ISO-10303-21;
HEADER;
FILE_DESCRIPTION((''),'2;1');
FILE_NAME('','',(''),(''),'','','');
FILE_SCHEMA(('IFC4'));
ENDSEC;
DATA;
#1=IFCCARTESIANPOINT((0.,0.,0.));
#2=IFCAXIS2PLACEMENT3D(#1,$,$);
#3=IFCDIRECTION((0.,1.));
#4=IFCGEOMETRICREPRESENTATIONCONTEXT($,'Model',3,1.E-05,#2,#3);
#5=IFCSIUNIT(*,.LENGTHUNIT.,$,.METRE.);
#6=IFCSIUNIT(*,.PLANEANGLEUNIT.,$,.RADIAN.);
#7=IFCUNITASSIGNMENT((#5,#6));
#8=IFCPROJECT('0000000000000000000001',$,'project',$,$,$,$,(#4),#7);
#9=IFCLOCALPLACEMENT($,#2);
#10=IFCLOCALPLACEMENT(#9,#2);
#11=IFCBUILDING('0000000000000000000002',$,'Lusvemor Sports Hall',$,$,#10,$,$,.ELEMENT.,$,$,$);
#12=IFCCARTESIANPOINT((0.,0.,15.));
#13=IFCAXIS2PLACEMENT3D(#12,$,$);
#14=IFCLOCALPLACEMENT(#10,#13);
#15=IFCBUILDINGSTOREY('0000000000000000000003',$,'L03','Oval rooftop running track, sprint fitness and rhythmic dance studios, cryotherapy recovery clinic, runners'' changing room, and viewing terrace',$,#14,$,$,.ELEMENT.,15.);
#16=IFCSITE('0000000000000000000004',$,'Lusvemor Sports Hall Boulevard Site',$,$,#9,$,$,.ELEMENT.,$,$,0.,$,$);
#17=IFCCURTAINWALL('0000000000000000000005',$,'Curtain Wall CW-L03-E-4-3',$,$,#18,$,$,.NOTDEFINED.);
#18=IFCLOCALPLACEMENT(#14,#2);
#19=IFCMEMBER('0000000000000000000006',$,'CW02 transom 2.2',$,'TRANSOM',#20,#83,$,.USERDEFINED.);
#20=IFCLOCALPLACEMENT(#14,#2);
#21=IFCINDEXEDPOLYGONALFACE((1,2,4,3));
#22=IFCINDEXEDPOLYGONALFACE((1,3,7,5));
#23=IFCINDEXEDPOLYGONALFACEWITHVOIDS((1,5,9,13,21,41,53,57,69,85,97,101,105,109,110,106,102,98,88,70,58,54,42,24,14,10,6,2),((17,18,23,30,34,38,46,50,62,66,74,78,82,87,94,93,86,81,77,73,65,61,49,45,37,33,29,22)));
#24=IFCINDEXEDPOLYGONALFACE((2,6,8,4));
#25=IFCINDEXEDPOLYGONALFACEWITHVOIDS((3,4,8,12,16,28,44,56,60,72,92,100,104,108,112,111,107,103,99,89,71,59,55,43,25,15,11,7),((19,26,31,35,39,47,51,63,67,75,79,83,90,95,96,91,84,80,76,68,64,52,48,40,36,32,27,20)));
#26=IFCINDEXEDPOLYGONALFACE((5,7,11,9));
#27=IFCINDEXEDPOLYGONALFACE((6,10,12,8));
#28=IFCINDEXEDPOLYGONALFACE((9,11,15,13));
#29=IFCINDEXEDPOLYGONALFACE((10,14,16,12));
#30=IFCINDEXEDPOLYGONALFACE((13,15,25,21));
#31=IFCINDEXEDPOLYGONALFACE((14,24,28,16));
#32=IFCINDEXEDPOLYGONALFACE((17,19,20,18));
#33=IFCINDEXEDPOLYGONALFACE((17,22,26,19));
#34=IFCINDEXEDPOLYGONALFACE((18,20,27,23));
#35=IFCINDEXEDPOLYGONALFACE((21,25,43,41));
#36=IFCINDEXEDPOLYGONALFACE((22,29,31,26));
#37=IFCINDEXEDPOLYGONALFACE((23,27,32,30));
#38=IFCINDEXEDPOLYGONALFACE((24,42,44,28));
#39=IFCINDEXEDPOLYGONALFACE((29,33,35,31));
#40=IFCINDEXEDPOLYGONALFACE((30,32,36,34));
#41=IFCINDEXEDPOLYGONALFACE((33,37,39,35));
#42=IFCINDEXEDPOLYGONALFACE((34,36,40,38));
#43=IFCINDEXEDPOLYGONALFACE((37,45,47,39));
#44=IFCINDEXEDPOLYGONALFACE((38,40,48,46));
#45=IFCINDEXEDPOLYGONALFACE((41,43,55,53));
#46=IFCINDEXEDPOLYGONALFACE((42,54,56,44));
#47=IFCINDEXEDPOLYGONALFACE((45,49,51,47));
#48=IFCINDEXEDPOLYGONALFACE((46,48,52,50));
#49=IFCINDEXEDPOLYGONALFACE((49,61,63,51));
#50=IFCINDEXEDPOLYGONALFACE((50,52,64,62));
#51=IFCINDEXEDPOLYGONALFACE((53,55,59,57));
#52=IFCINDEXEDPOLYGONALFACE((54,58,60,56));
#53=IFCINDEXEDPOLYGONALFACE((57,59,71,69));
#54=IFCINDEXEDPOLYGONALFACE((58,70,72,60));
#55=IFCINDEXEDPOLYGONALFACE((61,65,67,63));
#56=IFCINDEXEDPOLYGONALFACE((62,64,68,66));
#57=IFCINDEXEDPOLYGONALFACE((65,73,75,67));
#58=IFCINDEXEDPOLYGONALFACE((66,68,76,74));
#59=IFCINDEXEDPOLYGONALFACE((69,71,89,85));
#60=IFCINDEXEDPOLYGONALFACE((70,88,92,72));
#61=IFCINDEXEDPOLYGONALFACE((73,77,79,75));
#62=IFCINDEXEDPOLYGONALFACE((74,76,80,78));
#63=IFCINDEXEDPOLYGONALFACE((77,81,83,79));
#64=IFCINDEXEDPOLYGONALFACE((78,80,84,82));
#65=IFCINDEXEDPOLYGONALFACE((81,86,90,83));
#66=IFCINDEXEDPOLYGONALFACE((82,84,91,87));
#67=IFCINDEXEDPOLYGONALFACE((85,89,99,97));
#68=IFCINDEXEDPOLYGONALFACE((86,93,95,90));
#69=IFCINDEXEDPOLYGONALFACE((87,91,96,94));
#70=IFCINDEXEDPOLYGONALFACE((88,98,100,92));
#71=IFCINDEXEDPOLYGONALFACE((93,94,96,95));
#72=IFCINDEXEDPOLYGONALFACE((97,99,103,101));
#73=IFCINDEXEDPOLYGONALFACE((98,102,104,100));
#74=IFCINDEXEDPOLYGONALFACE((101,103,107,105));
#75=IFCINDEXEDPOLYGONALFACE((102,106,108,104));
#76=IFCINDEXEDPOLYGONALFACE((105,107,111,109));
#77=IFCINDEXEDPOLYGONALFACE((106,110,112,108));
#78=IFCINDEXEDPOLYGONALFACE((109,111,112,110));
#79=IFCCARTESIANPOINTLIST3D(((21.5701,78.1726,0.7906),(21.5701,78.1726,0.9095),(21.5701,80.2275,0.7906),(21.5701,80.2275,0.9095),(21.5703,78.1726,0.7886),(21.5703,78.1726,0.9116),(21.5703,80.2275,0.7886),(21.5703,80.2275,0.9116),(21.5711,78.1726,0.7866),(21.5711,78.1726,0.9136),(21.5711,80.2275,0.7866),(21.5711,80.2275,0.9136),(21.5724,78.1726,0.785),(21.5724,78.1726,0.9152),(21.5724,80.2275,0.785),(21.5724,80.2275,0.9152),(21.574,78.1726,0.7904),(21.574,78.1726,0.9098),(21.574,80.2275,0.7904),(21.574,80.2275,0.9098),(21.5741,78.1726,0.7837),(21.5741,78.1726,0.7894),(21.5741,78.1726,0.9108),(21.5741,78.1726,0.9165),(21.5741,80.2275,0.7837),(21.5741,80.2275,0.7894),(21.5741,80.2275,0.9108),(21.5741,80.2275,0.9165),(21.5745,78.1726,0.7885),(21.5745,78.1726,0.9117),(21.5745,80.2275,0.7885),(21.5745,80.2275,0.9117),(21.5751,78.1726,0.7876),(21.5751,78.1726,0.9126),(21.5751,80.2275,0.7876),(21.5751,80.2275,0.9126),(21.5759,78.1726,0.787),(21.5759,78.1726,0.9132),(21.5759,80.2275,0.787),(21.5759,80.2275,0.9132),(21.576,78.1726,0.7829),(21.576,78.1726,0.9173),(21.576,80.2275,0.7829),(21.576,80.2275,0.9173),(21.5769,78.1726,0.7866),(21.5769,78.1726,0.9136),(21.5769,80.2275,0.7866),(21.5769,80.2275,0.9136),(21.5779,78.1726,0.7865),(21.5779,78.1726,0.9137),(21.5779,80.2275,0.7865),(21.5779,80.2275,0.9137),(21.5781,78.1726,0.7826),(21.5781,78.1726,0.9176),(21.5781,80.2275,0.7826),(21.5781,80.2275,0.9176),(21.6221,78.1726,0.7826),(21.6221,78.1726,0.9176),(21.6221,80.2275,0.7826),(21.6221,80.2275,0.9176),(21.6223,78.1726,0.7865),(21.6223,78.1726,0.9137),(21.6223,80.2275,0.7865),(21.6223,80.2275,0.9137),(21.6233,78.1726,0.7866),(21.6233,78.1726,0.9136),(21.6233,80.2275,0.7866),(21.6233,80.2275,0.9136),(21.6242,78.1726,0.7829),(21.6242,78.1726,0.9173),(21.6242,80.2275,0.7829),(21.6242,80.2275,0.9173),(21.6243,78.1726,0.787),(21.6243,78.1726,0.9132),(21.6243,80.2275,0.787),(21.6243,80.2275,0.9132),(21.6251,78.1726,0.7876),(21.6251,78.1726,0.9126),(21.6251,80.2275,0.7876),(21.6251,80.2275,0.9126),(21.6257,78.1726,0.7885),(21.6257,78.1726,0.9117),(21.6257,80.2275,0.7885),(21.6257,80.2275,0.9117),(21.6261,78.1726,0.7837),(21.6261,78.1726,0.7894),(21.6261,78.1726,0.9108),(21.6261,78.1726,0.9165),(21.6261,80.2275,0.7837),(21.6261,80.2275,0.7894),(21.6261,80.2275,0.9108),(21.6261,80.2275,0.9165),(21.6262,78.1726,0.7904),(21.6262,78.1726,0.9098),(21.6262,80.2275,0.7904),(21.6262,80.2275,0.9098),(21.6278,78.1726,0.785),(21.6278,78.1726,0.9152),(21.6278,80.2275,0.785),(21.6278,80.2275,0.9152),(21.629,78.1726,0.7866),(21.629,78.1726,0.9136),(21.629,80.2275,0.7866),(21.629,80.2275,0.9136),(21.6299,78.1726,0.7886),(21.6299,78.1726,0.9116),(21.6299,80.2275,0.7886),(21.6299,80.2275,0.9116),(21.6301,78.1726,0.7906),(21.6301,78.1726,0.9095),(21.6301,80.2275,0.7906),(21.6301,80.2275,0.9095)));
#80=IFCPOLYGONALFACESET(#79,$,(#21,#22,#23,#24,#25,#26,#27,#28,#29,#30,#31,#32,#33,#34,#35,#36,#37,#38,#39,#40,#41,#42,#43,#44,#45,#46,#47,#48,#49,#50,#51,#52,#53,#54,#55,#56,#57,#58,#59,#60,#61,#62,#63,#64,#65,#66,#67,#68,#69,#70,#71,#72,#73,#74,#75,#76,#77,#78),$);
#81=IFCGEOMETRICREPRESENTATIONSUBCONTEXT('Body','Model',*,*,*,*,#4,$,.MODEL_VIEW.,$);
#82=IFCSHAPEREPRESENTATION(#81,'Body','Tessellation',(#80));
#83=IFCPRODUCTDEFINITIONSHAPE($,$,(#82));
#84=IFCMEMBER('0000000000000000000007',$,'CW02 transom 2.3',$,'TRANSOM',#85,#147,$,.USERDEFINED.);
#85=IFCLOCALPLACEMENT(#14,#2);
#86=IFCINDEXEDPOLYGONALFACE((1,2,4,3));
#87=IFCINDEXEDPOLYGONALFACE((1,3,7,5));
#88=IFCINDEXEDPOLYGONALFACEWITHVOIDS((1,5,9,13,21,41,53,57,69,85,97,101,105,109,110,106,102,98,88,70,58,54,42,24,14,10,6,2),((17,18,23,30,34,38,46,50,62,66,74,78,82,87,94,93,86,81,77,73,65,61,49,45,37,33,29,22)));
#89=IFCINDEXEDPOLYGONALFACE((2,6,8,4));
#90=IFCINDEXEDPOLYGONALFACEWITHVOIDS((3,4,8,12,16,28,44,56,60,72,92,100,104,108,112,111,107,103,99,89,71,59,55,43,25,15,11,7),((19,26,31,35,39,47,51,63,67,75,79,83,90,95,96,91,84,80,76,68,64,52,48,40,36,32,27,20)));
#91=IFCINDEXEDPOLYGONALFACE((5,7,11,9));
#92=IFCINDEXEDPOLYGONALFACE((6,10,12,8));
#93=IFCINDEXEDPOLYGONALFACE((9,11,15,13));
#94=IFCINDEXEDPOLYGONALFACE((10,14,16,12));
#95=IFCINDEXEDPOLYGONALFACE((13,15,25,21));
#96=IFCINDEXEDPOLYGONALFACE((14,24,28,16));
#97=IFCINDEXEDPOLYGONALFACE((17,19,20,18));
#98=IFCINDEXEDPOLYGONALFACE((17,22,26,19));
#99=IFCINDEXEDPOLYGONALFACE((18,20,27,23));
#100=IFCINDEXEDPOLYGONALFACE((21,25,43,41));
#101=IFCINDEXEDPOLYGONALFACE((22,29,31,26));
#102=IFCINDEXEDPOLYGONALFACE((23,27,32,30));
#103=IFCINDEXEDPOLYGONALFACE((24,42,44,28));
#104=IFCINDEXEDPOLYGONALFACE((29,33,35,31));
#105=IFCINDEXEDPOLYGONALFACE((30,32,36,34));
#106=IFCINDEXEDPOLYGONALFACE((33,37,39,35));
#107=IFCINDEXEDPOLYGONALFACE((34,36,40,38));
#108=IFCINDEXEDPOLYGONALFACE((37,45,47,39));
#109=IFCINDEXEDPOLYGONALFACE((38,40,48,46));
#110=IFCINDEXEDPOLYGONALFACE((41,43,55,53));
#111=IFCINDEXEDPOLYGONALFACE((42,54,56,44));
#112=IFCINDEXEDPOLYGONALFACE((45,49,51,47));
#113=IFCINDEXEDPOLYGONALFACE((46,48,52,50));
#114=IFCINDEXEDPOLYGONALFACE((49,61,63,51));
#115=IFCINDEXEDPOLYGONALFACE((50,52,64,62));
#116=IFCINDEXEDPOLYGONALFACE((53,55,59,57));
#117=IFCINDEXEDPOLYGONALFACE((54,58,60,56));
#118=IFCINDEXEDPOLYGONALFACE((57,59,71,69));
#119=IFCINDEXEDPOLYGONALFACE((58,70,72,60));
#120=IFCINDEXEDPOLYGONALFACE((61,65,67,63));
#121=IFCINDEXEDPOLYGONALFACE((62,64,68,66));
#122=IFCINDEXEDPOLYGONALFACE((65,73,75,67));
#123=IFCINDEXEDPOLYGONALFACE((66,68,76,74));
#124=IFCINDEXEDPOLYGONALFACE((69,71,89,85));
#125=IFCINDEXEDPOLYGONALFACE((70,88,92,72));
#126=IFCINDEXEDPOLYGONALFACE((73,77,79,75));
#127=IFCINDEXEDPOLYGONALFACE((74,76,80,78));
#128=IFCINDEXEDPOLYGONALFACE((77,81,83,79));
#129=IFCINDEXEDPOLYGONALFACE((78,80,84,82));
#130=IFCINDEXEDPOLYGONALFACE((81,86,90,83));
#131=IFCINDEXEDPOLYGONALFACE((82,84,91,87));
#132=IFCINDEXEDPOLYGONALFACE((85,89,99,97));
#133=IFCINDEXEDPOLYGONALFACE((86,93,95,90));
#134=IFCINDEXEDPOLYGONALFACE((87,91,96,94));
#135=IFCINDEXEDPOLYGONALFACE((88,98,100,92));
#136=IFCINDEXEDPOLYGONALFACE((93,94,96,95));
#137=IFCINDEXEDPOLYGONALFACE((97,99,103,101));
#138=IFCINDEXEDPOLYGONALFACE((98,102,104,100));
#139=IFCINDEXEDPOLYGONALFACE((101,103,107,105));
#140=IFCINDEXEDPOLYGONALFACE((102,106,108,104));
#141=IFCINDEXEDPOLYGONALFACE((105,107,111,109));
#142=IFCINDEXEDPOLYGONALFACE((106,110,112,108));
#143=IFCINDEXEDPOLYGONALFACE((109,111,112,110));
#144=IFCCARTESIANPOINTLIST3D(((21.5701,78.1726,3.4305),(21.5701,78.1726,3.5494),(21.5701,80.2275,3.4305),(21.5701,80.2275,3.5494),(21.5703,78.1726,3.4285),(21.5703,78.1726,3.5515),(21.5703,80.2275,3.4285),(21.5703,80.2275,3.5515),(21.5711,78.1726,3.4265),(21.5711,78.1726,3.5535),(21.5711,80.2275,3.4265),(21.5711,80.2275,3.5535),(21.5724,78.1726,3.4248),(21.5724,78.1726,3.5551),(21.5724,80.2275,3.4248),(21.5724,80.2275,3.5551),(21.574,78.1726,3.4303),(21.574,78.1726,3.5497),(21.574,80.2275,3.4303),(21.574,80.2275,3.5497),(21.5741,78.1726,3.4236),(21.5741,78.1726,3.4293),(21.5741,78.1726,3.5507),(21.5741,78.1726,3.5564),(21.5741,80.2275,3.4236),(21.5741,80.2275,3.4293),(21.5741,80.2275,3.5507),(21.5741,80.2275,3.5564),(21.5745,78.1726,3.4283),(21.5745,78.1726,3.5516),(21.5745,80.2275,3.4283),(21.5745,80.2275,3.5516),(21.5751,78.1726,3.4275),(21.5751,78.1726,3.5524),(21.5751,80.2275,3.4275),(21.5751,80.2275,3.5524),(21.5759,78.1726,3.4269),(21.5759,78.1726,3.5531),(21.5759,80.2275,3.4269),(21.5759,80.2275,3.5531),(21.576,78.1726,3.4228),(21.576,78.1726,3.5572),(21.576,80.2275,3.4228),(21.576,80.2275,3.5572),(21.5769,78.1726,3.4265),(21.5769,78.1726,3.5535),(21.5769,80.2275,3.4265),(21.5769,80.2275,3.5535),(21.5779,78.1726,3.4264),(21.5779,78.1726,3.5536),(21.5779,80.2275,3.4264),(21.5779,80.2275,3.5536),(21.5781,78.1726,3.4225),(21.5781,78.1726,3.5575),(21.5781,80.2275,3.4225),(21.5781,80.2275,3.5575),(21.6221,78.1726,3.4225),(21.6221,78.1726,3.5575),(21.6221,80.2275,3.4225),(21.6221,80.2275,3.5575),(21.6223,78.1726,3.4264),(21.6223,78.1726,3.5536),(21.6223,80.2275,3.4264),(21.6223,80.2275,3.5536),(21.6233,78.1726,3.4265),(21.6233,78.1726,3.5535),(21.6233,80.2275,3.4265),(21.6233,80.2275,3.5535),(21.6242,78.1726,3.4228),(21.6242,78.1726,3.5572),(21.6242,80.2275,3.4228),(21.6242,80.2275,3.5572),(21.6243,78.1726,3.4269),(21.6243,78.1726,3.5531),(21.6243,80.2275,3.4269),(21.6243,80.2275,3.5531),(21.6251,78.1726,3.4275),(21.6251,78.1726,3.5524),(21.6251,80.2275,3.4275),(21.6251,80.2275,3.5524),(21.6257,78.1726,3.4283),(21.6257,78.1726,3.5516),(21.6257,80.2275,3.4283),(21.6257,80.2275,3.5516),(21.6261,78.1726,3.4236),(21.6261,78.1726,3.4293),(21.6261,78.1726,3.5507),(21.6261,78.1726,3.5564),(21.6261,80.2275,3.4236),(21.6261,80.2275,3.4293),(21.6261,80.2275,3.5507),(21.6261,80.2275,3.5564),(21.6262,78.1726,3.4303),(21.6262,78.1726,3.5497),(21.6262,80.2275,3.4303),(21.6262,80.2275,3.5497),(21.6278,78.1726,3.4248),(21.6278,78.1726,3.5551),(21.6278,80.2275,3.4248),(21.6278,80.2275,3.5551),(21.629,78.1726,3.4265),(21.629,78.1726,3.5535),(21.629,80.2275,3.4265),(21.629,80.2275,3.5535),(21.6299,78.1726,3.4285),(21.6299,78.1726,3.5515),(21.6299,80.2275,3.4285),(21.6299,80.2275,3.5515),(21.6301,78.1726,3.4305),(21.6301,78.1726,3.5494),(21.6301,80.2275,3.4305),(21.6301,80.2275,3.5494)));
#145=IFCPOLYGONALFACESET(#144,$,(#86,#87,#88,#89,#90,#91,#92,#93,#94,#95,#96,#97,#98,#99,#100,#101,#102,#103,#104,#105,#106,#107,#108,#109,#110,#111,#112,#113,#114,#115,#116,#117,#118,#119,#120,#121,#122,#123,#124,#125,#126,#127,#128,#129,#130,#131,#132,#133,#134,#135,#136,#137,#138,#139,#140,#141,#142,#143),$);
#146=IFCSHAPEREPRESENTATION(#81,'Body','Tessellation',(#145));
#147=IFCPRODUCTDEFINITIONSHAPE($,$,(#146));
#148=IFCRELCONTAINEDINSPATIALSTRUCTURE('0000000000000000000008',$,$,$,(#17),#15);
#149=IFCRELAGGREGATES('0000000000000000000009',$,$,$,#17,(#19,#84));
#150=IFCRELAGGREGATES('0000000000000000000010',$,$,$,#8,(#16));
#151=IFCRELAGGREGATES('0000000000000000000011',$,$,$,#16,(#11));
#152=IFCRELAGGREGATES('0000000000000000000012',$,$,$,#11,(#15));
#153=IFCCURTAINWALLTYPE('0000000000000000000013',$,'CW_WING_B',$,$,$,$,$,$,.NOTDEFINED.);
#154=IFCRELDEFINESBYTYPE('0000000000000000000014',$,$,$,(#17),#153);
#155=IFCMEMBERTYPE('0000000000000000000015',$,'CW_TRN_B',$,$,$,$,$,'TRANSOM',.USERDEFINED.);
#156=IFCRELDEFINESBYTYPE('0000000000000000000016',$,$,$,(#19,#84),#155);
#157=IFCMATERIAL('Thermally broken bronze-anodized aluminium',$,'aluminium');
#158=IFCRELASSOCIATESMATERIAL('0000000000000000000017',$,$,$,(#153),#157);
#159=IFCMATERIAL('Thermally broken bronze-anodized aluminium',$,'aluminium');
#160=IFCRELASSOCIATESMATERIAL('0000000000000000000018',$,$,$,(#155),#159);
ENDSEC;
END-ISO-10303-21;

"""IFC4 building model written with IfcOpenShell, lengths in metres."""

from ifc_helpers import new_model, si_unit, direction, frame, origin, origin_2d, place, context, subcontext, project, spatial, hollow_rectangle, extrude, material, material_profile, profile_set, type_object, element, aggregate, save


model = new_model("IFC4")

# Units and contexts
model_context = context("Model", 3, precision=1e-05, world=origin(), true_north=direction((0.0, 1.0)))
body_context = subcontext(model_context, "Body", "Model", "MODEL_VIEW")
ifc_project = project(units=[si_unit("LENGTHUNIT", "METRE"), si_unit("PLANEANGLEUNIT", "RADIAN")], contexts=[model_context])

# Site, building, storey
site_placement = place(None, origin())
site = spatial("IfcSite", under=ifc_project, at=site_placement, Name="Lusvemor Sports Hall Boulevard Site", CompositionType="ELEMENT", RefElevation=0.0)
building_placement = place(site_placement, origin())
building = spatial("IfcBuilding", under=site, at=building_placement, Name="Lusvemor Sports Hall", CompositionType="ELEMENT")
storey_placement = place(building_placement, frame((0.0, 0.0, 15.0)))
storey = spatial("IfcBuildingStorey", under=building, at=storey_placement, Name="L03", Description="Oval rooftop running track, sprint fitness and rhythmic dance studios, cryotherapy recovery clinic, runners' changing room, and viewing terrace", CompositionType="ELEMENT", Elevation=15.0)

# Curtain wall, members
ifc_material_1 = material(Name="Thermally broken bronze-anodized aluminium", Category="aluminium")
curtain_wall_type = type_object("IfcCurtainWallType", Name="CW_WING_B", PredefinedType="NOTDEFINED", material=ifc_material_1)
curtain_wall_placement = place(storey_placement, origin())
curtain_wall = element("IfcCurtainWall", 1, at=curtain_wall_placement, inside=storey, type_object=curtain_wall_type, Name="Curtain Wall CW-L03-E-4-3", PredefinedType="NOTDEFINED")
ifc_material_2 = material(Name="Thermally broken bronze-anodized aluminium", Category="aluminium")
ifc_material_profile_1 = material_profile(ifc_material_2, hollow_rectangle(XDim=0.0601, YDim=0.135, WallThickness=0.0039, InnerFilletRadius=0.0039, OuterFilletRadius=0.0081, at=origin_2d()), Name="CWTRN135x60x4")
ifc_profile_set_1 = profile_set([ifc_material_profile_1], Name="Thermally broken bronze-anodized aluminium")
member_type_1 = type_object("IfcMemberType", Name="CW_TRN_B", ElementType="TRANSOM", PredefinedType="USERDEFINED", material=ifc_profile_set_1)
member_1_placement = place(storey_placement, frame((21.6001, 80.2275, 0.8501), z_axis=(0.0, -1.0, 0.0), x_axis=(1.0, 0.0, 0.0)))
member_1 = element("IfcMember", 2, at=member_1_placement, type_object=member_type_1, Name="CW02 transom 2.2", ObjectType="TRANSOM", PredefinedType="USERDEFINED", context=body_context, shape_type="SweptSolid", body=[
    extrude(hollow_rectangle(XDim=0.0601, YDim=0.135, WallThickness=0.0039, InnerFilletRadius=0.0039, OuterFilletRadius=0.0081, at=origin_2d()), origin(), (0.0, 0.0, 1.0), 2.0549),
])
member_2_placement = place(storey_placement, frame((21.6001, 80.2275, 3.49), z_axis=(0.0, -1.0, 0.0), x_axis=(1.0, 0.0, 0.0)))
member_2 = element("IfcMember", 3, at=member_2_placement, type_object=member_type_1, Name="CW02 transom 2.3", ObjectType="TRANSOM", PredefinedType="USERDEFINED", context=body_context, shape_type="SweptSolid", body=[
    extrude(hollow_rectangle(XDim=0.0601, YDim=0.135, WallThickness=0.0039, InnerFilletRadius=0.0039, OuterFilletRadius=0.0081, at=origin_2d()), origin(), (0.0, 0.0, 1.0), 2.0549),
])

aggregate(curtain_wall, [member_1, member_2])

save(model, "model.ifc")
